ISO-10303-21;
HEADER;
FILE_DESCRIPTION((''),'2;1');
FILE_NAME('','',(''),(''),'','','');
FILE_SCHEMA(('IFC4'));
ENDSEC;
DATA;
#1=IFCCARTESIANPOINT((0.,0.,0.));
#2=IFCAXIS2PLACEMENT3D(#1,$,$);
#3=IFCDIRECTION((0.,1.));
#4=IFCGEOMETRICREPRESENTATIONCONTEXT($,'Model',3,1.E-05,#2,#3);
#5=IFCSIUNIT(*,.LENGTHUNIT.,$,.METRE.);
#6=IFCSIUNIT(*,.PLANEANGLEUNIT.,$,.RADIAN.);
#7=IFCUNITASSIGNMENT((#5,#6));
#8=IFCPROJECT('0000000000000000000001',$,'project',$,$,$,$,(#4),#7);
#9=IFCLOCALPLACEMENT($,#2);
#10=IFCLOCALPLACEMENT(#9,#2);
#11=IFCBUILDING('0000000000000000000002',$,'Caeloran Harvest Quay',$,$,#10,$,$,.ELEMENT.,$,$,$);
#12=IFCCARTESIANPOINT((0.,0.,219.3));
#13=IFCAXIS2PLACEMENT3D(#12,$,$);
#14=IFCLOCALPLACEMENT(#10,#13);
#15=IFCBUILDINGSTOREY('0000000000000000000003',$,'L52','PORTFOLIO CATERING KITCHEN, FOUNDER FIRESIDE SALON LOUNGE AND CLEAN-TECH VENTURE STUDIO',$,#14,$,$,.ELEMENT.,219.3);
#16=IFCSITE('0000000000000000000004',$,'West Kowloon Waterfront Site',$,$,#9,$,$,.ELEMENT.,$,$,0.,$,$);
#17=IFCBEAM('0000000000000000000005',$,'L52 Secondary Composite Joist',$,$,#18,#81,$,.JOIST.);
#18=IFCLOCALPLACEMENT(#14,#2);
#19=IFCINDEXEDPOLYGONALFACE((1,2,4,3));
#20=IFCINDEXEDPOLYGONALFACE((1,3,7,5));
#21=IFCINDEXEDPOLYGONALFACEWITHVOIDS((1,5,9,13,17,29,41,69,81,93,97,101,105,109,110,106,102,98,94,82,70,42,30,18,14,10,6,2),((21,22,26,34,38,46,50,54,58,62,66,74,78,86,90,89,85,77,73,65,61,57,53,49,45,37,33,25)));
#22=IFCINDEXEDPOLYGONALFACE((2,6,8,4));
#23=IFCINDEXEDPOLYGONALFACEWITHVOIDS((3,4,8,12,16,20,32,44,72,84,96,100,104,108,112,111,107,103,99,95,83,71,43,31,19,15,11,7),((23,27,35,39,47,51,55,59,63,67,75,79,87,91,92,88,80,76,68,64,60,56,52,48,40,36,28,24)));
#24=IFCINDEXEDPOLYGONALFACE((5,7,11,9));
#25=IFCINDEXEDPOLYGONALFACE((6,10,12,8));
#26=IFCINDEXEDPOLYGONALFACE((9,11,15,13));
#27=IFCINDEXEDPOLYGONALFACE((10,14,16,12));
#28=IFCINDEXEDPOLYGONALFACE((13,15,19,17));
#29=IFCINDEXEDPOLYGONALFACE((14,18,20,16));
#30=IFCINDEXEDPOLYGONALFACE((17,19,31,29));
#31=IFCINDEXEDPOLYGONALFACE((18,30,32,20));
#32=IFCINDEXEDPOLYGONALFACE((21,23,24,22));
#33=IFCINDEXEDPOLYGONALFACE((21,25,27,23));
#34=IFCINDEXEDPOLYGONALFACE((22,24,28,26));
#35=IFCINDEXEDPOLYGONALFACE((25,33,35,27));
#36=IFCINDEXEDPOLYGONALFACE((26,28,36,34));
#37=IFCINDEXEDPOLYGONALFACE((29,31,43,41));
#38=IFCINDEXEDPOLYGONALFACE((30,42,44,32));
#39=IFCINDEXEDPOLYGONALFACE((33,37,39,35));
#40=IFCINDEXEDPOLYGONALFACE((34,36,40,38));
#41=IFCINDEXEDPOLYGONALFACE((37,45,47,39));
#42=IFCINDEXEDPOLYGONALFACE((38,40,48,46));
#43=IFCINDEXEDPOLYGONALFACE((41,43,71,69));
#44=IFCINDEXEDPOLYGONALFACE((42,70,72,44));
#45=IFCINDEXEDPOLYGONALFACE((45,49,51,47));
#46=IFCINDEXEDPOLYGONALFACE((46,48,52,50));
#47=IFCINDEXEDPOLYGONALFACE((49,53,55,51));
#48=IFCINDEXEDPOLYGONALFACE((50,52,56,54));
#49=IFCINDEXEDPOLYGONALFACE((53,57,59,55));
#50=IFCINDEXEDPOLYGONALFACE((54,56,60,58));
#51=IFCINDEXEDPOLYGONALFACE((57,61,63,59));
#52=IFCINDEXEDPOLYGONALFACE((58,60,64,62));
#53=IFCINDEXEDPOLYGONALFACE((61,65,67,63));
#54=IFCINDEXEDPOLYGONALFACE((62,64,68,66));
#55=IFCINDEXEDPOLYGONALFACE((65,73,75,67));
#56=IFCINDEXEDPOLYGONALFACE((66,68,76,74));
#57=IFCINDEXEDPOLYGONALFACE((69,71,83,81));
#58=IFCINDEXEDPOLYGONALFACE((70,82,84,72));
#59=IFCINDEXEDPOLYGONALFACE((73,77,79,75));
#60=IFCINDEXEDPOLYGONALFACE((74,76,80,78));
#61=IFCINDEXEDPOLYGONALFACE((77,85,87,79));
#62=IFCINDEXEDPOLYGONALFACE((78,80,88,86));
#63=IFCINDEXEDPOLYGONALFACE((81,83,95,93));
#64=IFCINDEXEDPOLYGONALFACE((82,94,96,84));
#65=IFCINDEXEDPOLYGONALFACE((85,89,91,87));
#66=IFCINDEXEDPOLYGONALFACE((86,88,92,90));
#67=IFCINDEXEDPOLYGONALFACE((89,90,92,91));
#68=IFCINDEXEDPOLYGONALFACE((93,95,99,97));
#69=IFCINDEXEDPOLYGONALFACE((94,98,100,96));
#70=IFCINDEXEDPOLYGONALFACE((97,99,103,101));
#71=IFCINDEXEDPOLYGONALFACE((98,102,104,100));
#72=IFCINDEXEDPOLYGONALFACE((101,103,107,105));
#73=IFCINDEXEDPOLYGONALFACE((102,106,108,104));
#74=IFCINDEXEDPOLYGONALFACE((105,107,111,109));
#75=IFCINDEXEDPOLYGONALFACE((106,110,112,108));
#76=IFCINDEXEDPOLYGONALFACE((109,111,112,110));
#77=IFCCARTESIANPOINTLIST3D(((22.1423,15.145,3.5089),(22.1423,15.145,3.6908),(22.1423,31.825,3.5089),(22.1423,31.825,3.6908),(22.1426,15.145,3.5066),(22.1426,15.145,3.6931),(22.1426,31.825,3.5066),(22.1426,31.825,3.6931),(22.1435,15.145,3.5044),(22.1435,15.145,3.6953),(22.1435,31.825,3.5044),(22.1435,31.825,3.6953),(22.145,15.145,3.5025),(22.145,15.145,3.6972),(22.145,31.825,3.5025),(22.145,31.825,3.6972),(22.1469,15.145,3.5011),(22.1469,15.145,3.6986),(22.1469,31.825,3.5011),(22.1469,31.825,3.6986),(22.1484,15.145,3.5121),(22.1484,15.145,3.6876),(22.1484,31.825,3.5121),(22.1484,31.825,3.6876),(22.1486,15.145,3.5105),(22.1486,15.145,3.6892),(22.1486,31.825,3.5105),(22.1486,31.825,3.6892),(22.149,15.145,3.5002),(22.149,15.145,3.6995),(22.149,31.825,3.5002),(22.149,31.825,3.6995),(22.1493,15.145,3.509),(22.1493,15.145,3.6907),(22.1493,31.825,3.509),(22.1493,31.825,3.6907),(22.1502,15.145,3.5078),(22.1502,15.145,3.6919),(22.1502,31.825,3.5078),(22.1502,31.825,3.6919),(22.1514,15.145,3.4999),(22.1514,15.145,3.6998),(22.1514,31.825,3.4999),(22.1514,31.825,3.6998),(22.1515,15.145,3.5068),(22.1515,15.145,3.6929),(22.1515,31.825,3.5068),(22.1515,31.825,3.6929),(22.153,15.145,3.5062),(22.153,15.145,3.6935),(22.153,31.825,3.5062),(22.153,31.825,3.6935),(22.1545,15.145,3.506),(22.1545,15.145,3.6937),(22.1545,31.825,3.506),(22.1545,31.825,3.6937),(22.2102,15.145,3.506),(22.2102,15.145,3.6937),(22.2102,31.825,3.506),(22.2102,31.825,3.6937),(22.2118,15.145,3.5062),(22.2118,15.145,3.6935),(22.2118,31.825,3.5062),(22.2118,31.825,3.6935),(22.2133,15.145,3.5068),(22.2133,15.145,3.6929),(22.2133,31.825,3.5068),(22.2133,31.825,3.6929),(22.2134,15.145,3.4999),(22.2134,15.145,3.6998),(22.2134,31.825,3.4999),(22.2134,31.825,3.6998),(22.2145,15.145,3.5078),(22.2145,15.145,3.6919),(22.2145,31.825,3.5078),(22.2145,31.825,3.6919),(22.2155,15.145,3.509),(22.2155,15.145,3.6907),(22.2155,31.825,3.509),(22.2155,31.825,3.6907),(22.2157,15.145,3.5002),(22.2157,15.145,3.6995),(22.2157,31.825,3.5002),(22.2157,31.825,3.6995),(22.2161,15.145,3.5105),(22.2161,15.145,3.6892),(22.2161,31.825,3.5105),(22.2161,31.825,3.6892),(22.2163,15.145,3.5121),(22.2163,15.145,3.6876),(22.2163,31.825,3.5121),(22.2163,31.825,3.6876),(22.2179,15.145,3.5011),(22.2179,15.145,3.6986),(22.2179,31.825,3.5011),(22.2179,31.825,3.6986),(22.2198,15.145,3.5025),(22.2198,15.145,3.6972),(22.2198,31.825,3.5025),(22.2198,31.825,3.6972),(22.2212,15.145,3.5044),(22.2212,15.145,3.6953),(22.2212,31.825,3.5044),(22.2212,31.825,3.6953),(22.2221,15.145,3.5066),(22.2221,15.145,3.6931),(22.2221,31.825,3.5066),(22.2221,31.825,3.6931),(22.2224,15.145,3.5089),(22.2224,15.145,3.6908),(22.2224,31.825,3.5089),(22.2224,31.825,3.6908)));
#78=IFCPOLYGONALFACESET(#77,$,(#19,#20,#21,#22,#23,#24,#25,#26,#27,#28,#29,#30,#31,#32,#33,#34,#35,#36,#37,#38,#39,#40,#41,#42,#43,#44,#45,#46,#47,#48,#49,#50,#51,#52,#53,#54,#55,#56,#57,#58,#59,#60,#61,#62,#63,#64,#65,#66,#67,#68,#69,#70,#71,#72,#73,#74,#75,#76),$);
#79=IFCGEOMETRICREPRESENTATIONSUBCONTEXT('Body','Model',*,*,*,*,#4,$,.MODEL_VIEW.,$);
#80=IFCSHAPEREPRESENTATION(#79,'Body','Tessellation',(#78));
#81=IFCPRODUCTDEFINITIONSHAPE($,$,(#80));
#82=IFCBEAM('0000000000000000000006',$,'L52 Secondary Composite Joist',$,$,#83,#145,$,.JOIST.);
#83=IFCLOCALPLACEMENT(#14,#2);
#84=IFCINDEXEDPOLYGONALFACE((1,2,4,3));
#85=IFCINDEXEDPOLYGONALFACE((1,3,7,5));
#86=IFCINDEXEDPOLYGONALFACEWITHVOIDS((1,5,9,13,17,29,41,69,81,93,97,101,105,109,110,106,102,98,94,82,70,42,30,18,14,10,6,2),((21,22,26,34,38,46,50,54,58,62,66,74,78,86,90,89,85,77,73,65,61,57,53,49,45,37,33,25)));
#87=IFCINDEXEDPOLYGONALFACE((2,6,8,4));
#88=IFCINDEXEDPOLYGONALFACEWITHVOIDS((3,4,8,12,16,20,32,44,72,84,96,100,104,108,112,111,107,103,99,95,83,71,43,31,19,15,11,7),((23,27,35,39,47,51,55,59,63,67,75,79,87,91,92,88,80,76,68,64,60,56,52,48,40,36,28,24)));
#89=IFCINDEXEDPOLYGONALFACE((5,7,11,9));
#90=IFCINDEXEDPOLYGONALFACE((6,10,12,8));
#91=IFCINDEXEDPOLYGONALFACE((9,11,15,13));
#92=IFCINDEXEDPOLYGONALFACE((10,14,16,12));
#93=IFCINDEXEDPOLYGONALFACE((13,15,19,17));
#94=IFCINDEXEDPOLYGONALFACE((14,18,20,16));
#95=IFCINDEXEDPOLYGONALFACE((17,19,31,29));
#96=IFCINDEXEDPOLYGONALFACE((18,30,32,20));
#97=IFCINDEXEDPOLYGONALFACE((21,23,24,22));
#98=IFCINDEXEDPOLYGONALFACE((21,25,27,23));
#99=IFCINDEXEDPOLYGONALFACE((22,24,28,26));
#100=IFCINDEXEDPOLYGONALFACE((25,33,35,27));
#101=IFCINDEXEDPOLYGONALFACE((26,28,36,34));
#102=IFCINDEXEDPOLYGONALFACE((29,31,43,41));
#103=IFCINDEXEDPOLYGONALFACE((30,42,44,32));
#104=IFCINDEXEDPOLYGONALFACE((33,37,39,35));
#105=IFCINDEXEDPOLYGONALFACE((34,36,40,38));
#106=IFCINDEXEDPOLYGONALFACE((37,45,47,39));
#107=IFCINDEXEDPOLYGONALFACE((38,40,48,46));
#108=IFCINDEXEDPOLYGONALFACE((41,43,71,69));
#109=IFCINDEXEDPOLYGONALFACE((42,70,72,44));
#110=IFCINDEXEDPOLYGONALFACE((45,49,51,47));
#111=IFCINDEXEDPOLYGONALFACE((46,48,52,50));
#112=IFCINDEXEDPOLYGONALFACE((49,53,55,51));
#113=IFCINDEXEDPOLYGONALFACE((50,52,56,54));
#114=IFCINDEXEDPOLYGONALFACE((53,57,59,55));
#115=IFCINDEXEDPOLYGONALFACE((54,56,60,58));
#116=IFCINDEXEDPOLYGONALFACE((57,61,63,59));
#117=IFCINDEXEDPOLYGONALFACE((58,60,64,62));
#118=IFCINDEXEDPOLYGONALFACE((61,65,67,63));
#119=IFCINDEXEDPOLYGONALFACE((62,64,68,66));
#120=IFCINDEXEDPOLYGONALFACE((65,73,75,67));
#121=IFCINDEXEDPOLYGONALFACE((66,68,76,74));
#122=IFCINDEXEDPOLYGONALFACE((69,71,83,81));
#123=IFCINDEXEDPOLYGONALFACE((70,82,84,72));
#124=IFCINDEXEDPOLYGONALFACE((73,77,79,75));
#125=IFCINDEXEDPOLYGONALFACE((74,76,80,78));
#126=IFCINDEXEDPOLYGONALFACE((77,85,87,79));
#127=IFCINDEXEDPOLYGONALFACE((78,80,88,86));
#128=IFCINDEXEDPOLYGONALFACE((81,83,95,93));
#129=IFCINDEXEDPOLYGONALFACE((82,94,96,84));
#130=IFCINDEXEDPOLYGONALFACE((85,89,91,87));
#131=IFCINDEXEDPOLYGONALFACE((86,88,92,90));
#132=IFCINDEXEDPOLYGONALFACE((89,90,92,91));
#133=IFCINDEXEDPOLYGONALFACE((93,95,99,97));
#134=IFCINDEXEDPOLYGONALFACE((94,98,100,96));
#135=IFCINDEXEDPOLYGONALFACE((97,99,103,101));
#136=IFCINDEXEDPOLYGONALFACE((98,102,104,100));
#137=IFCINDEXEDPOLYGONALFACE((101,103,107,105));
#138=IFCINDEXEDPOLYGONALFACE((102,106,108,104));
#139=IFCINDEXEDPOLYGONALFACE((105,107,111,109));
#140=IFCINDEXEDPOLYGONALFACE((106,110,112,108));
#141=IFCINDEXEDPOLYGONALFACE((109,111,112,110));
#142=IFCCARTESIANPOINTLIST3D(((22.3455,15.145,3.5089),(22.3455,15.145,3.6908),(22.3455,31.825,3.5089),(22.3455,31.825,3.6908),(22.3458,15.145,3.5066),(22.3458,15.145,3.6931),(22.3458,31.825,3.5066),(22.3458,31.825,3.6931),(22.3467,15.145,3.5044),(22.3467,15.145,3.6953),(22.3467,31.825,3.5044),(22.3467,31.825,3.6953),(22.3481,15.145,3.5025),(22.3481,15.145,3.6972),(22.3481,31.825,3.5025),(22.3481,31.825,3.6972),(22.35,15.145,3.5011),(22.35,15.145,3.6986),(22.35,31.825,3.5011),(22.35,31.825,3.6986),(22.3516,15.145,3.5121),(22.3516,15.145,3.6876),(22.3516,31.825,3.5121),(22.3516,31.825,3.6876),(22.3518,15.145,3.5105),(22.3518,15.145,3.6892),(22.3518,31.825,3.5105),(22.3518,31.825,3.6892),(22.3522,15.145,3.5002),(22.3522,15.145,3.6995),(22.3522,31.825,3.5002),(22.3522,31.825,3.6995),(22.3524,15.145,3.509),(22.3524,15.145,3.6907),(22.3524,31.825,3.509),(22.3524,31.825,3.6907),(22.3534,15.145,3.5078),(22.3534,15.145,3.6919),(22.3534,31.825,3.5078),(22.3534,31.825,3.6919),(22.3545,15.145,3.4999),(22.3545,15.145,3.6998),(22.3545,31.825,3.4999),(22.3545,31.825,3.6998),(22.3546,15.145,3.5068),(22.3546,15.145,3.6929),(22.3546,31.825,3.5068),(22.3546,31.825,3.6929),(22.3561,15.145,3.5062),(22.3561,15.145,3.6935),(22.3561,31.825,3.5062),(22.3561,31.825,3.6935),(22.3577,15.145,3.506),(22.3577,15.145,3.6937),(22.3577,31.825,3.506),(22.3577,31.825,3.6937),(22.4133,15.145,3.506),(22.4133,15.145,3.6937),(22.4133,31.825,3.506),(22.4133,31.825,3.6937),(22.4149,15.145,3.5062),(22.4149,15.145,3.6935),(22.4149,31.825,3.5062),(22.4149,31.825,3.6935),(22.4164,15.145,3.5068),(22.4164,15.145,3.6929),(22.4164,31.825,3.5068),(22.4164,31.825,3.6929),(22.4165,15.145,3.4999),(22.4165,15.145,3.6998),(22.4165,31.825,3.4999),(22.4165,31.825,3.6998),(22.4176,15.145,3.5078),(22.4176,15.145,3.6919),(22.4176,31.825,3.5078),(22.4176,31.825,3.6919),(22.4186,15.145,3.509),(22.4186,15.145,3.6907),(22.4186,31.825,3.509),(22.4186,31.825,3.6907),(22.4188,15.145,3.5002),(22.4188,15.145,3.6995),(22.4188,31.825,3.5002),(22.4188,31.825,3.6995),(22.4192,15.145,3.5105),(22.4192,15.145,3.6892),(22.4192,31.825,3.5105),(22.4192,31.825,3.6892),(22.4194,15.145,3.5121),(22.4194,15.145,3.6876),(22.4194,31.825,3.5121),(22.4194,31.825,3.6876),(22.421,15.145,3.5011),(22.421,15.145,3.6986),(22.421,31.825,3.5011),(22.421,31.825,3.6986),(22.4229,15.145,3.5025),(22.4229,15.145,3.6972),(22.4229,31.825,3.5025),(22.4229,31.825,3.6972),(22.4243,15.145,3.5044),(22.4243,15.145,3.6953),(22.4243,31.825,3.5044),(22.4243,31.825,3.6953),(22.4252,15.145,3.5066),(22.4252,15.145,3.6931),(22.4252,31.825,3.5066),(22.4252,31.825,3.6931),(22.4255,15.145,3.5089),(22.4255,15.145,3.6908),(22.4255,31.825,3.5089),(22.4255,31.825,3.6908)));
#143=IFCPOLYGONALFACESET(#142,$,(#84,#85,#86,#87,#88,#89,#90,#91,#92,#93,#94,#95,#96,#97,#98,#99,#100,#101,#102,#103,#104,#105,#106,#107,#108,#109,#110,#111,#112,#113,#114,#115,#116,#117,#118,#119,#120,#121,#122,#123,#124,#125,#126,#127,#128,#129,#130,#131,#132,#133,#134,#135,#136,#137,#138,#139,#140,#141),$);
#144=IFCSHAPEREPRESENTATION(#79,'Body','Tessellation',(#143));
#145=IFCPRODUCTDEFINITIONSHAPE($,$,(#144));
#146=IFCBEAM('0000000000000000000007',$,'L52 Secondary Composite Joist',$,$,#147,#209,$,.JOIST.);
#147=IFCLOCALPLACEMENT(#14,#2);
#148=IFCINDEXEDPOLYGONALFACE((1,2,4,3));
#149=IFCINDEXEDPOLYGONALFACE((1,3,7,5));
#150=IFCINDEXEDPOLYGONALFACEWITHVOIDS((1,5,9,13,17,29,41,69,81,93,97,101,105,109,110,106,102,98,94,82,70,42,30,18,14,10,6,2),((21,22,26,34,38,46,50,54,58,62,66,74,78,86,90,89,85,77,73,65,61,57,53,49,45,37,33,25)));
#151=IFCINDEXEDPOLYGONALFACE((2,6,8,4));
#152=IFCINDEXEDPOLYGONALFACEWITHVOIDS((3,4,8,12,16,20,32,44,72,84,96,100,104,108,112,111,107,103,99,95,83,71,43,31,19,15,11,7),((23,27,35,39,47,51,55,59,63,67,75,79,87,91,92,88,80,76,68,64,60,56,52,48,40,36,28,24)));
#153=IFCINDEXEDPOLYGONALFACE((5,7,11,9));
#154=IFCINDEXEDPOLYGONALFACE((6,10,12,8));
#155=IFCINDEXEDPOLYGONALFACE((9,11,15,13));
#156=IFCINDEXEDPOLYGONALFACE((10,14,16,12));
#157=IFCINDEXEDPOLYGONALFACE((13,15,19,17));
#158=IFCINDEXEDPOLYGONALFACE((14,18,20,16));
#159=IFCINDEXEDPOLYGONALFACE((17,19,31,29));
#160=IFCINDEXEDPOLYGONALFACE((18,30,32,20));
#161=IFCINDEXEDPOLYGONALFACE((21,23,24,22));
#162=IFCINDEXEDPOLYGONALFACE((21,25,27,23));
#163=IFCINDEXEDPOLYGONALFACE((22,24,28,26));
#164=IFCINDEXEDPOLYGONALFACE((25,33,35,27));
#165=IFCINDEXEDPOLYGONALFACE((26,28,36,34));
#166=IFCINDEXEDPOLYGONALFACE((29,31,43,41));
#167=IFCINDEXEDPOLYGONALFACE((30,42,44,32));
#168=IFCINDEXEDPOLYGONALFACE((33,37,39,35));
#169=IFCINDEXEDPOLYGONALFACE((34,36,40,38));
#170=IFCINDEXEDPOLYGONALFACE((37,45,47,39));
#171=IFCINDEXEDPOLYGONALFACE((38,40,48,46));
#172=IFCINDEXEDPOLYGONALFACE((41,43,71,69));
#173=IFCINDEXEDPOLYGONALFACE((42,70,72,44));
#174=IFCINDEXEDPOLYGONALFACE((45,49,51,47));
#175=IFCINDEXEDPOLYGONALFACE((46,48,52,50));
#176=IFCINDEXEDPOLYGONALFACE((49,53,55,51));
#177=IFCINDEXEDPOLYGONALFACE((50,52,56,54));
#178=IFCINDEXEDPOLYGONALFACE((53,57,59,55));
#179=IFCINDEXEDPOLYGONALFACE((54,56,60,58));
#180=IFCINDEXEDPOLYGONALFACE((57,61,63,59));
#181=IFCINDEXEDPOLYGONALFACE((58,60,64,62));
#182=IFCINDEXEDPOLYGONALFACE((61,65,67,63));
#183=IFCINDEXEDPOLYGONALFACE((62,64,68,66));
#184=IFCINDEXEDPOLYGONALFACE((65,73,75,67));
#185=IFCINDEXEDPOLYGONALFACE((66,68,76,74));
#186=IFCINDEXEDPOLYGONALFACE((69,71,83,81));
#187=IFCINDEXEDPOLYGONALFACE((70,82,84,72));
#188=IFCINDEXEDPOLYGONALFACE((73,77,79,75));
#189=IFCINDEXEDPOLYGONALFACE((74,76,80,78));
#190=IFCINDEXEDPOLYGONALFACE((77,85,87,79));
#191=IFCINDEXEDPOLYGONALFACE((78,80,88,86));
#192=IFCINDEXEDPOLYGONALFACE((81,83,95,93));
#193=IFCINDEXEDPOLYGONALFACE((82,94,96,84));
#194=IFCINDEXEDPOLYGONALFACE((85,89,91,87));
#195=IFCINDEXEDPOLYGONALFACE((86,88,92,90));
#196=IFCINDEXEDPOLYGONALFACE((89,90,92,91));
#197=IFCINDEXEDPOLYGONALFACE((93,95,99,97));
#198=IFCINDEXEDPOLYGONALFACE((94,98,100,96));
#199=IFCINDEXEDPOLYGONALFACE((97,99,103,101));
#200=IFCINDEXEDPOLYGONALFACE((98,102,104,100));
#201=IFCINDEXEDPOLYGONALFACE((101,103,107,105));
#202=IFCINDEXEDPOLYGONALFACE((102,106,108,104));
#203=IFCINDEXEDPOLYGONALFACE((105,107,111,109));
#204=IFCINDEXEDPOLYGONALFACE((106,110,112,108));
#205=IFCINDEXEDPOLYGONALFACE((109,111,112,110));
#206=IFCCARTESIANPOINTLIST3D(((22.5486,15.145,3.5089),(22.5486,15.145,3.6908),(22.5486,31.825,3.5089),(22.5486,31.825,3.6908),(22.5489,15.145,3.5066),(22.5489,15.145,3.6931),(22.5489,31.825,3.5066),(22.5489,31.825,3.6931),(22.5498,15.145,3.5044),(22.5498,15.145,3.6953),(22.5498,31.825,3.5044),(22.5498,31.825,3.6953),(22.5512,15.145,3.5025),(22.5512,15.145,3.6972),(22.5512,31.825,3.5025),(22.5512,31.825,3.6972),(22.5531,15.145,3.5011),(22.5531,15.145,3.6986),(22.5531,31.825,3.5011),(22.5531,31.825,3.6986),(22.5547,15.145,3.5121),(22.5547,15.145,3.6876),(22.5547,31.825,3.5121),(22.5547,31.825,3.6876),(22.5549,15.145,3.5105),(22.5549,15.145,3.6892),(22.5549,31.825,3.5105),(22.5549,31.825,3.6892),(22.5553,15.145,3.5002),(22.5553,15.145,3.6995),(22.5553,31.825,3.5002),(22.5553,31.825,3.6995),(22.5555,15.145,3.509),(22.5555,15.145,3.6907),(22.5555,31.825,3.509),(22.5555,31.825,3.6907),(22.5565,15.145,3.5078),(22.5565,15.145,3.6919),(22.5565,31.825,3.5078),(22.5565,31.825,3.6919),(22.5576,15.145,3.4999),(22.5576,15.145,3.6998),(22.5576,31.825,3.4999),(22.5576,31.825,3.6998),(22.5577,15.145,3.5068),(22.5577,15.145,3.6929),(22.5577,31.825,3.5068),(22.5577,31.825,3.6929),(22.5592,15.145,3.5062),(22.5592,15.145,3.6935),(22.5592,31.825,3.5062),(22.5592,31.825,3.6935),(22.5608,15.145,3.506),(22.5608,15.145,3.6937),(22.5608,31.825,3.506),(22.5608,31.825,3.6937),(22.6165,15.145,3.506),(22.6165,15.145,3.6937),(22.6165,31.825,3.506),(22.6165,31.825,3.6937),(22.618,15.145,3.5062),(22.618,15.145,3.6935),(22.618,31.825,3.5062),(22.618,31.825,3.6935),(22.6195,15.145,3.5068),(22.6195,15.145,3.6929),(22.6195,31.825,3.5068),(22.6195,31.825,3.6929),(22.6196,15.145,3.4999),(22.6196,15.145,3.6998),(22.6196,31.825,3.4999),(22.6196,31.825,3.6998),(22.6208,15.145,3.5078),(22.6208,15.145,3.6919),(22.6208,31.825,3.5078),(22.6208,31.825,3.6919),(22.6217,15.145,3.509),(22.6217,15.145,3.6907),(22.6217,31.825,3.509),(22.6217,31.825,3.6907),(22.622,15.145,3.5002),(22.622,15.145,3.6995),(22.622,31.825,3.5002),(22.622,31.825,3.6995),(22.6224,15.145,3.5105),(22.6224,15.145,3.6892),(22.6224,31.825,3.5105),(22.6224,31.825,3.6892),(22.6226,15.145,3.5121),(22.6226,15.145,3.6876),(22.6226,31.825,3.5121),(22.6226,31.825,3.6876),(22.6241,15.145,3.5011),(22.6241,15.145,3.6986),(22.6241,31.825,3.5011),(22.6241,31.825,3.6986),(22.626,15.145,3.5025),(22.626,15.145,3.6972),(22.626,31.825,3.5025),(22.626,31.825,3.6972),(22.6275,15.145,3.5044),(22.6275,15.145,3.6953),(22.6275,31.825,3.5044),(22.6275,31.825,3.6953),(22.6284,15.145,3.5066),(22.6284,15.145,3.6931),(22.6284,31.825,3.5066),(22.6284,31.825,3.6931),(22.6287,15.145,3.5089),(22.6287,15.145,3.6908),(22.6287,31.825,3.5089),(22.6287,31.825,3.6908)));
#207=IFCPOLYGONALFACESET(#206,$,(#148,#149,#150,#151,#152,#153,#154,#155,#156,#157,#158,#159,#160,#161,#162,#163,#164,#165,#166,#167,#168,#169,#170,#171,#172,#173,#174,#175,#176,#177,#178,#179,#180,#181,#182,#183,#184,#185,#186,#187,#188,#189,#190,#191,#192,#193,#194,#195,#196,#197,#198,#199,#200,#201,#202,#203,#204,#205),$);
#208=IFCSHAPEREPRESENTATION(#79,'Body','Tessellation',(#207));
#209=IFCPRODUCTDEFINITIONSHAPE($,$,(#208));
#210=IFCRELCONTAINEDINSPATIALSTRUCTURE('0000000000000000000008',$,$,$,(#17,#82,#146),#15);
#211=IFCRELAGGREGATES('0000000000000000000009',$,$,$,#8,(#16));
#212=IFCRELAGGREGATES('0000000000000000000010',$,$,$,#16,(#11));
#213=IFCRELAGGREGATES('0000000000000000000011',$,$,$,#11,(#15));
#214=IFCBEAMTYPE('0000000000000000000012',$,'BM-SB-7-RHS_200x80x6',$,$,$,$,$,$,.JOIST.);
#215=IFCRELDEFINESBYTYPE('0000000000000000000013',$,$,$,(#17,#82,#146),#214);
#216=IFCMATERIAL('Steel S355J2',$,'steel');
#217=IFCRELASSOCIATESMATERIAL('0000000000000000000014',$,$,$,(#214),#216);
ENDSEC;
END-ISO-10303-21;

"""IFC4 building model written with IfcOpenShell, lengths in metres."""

from ifc_helpers import new_model, si_unit, direction, frame, origin, origin_2d, place, context, subcontext, project, spatial, hollow_rectangle, extrude, material, material_profile, profile_set, type_object, element, save


model = new_model("IFC4")

# Units and contexts
model_context = context("Model", 3, precision=1e-05, world=origin(), true_north=direction((0.0, 1.0)))
body_context = subcontext(model_context, "Body", "Model", "MODEL_VIEW")
ifc_project = project(units=[si_unit("LENGTHUNIT", "METRE"), si_unit("PLANEANGLEUNIT", "RADIAN")], contexts=[model_context])

# Site, building, storey
site_placement = place(None, origin())
site = spatial("IfcSite", under=ifc_project, at=site_placement, Name="West Kowloon Waterfront Site", CompositionType="ELEMENT", RefElevation=0.0)
building_placement = place(site_placement, origin())
building = spatial("IfcBuilding", under=site, at=building_placement, Name="Caeloran Harvest Quay", CompositionType="ELEMENT")
storey_placement = place(building_placement, frame((0.0, 0.0, 219.3)))
storey = spatial("IfcBuildingStorey", under=building, at=storey_placement, Name="L52", Description="PORTFOLIO CATERING KITCHEN, FOUNDER FIRESIDE SALON LOUNGE AND CLEAN-TECH VENTURE STUDIO", CompositionType="ELEMENT", Elevation=219.3)

# Beams
ifc_material_1 = material(Name="Steel S355J2", Category="steel")
ifc_material_profile_1 = material_profile(ifc_material_1, hollow_rectangle(XDim=0.0801, YDim=0.2, WallThickness=0.0061, InnerFilletRadius=0.0061, OuterFilletRadius=0.009, at=origin_2d()), Name="RHS 200x80x6")
ifc_profile_set_1 = profile_set([ifc_material_profile_1], Name="Steel S355J2")
beam_type_1 = type_object("IfcBeamType", Name="BM-SB-7-RHS_200x80x6", PredefinedType="JOIST", material=ifc_profile_set_1)
for number, where, z_axis, x_axis, name in (
    (1, (22.1824, 15.145, 3.5999), (0.0, 1.0, 0.0), (-1.0, 0.0, 0.0), "L52 Secondary Composite Joist"),
    (2, (22.3855, 15.145, 3.5999), (0.0, 1.0, 0.0), (-1.0, 0.0, 0.0), "L52 Secondary Composite Joist"),
    (3, (22.5886, 15.145, 3.5999), (0.0, 1.0, 0.0), (-1.0, 0.0, 0.0), "L52 Secondary Composite Joist"),
):
    element("IfcBeam", number, at=place(storey_placement, frame(where, z_axis=z_axis, x_axis=x_axis)), inside=storey, type_object=beam_type_1, Name=name, PredefinedType="JOIST", context=body_context, shape_type="SweptSolid", body=[
        extrude(hollow_rectangle(XDim=0.0801, YDim=0.2, WallThickness=0.0061, InnerFilletRadius=0.0061, OuterFilletRadius=0.009, at=origin_2d()), origin(), (0.0, 0.0, 1.0), 16.6799),
    ])

save(model, "model.ifc")
